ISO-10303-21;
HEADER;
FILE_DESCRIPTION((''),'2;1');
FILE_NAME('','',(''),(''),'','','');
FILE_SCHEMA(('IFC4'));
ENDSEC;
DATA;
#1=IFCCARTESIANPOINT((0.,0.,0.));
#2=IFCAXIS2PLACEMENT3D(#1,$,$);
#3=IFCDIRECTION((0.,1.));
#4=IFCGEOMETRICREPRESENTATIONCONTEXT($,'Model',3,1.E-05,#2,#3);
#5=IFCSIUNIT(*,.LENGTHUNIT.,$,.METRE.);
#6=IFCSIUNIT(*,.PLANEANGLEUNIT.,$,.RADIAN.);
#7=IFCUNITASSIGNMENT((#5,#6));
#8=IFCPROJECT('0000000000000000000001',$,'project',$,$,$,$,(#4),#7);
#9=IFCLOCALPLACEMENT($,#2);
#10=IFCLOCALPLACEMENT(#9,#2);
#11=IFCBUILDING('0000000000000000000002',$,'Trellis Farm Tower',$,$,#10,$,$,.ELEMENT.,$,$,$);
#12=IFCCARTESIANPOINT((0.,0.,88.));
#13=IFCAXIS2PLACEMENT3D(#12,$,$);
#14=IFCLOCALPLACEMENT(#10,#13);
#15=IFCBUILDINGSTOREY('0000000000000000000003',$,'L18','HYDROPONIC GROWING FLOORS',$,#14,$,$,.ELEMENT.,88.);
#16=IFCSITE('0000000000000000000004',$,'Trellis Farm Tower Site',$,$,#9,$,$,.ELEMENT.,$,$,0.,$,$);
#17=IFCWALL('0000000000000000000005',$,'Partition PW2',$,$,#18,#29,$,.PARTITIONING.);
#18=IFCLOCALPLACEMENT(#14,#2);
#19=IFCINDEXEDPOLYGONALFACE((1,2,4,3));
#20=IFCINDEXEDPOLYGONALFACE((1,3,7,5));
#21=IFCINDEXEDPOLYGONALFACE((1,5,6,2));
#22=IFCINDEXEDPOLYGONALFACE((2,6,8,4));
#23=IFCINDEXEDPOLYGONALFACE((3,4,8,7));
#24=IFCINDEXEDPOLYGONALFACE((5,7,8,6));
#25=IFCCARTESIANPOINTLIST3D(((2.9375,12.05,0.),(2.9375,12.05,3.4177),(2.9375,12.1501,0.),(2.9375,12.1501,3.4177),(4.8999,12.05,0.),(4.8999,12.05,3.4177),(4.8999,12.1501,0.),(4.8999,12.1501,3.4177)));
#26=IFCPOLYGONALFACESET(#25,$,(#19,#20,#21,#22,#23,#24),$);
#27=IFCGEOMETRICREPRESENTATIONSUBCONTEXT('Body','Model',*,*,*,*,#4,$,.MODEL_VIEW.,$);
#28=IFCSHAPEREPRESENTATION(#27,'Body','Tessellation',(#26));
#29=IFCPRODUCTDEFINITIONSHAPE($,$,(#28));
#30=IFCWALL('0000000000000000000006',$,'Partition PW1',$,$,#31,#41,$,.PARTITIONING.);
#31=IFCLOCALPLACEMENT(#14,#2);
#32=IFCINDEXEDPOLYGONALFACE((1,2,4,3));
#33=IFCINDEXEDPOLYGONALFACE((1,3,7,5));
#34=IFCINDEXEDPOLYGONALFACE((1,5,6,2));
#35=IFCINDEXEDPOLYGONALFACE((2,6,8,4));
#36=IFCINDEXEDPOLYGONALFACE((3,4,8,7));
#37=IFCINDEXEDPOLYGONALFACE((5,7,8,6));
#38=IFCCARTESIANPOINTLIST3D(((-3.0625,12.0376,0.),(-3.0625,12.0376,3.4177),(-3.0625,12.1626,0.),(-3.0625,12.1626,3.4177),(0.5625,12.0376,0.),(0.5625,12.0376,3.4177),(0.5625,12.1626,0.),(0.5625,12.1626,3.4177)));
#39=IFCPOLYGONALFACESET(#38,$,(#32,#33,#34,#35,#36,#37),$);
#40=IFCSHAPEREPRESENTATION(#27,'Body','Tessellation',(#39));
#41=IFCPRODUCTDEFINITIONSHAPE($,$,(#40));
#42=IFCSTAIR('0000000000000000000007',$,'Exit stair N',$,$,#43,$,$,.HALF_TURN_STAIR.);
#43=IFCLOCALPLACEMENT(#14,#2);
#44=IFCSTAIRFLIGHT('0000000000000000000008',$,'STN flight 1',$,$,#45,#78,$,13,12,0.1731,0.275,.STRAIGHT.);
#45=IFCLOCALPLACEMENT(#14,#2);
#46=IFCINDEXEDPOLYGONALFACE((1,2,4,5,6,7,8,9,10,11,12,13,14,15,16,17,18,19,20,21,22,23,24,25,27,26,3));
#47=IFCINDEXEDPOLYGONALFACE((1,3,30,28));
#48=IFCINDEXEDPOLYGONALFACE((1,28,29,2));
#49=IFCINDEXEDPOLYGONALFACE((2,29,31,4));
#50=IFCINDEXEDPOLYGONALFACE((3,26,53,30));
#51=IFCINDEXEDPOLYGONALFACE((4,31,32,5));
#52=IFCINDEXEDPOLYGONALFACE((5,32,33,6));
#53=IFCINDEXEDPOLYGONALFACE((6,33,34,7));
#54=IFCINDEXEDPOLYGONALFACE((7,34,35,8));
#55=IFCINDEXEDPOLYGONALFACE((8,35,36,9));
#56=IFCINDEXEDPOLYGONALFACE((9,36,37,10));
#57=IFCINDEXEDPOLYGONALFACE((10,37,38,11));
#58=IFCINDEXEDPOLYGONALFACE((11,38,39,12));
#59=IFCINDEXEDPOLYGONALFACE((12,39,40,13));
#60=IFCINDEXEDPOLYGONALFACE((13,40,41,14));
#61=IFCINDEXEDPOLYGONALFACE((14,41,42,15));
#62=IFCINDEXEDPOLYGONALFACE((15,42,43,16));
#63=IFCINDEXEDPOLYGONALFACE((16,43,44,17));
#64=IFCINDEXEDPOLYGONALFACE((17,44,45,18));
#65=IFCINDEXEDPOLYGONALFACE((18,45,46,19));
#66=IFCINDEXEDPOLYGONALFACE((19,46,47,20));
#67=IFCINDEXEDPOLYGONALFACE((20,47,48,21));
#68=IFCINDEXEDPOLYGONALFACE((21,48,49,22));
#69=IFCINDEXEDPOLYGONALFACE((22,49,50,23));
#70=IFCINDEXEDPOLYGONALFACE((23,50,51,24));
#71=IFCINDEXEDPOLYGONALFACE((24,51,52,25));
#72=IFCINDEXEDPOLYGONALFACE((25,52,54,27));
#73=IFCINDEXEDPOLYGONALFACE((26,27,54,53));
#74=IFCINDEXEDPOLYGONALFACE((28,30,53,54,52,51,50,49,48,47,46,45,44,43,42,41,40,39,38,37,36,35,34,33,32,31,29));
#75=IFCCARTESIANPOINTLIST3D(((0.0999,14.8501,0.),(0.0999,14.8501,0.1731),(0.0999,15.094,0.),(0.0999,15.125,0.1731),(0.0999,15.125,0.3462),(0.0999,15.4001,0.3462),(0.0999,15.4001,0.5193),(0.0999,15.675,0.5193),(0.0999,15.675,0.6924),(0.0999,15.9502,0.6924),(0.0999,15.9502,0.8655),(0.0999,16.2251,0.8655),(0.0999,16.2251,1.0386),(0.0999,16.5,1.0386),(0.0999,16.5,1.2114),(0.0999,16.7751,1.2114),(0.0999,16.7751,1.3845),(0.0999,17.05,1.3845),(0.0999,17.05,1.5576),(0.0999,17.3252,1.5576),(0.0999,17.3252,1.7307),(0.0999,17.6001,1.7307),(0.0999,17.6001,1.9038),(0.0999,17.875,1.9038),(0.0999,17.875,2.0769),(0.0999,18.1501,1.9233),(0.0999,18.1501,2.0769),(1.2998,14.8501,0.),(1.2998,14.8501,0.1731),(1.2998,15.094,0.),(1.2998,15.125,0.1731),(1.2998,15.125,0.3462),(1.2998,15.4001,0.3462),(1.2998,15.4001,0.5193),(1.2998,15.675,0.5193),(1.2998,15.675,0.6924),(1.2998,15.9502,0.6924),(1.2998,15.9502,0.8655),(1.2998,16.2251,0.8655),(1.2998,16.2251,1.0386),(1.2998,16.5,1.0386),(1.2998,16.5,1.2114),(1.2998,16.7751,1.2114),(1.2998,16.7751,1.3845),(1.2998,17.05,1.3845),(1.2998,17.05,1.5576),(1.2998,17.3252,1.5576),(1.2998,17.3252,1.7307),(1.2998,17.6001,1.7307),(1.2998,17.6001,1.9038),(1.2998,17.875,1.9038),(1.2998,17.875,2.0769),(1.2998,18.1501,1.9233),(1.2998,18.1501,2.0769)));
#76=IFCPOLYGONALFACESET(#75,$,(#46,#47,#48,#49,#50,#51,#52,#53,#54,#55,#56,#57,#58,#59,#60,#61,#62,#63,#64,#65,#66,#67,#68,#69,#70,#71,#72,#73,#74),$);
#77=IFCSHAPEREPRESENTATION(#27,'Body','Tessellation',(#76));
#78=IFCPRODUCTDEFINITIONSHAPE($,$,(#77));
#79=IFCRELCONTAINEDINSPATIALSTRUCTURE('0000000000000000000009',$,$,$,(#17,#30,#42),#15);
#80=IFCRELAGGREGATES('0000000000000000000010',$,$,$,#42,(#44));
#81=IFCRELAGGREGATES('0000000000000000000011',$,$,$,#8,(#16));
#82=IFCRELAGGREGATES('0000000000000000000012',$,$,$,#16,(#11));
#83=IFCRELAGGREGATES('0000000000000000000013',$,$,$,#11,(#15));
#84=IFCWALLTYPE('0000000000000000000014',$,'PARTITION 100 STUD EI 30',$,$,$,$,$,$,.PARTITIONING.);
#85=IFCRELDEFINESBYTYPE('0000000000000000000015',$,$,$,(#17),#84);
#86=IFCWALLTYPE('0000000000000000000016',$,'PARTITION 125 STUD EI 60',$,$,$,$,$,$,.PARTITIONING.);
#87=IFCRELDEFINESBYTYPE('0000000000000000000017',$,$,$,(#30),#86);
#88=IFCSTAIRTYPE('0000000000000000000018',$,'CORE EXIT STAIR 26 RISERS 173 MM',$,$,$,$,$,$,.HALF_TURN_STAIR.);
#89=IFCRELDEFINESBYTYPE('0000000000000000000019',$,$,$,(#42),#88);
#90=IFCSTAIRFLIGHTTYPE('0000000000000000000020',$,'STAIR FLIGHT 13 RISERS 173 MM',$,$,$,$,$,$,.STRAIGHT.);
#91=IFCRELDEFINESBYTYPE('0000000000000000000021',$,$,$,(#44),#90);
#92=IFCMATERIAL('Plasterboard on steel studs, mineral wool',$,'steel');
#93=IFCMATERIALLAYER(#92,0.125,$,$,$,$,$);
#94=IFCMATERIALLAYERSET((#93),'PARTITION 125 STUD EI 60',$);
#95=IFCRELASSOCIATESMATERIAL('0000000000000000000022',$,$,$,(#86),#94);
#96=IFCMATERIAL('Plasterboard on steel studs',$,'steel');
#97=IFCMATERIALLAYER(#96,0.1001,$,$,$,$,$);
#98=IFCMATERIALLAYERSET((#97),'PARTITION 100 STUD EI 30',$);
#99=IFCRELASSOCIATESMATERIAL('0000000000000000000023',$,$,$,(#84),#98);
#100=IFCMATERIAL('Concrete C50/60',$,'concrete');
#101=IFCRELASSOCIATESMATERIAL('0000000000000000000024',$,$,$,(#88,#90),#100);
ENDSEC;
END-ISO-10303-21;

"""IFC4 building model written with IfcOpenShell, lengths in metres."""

from ifc_helpers import new_model, si_unit, direction, frame, frame_2d, origin, place, context, subcontext, project, spatial, polyline, rectangle, outline, extrude, source, transform, mapped, material, layer, layer_set, type_object, element, aggregate, save


model = new_model("IFC4")

# Units and contexts
model_context = context("Model", 3, precision=1e-05, world=origin(), true_north=direction((0.0, 1.0)))
body_context = subcontext(model_context, "Body", "Model", "MODEL_VIEW")
ifc_project = project(units=[si_unit("LENGTHUNIT", "METRE"), si_unit("PLANEANGLEUNIT", "RADIAN")], contexts=[model_context])

# Site, building, storey
site_placement = place(None, origin())
site = spatial("IfcSite", under=ifc_project, at=site_placement, Name="Trellis Farm Tower Site", CompositionType="ELEMENT", RefElevation=0.0)
building_placement = place(site_placement, origin())
building = spatial("IfcBuilding", under=site, at=building_placement, Name="Trellis Farm Tower", CompositionType="ELEMENT")
storey_placement = place(building_placement, frame((0.0, 0.0, 88.0)))
storey = spatial("IfcBuildingStorey", under=building, at=storey_placement, Name="L18", Description="HYDROPONIC GROWING FLOORS", CompositionType="ELEMENT", Elevation=88.0)

# Shared definitions
placement = place(storey_placement, origin())

# Shared definitions
ifc_material_1 = material(Name="Plasterboard on steel studs, mineral wool", Category="steel")
ifc_layer_1 = layer(ifc_material_1, 0.125)
ifc_layer_set_1 = layer_set([ifc_layer_1], Name="PARTITION 125 STUD EI 60")
wall_type_1 = type_object("IfcWallType", Name="PARTITION 125 STUD EI 60", PredefinedType="PARTITIONING", material=ifc_layer_set_1)

# Walls
ifc_material_2 = material(Name="Plasterboard on steel studs", Category="steel")
ifc_layer_2 = layer(ifc_material_2, 0.1001)
ifc_layer_set_2 = layer_set([ifc_layer_2], Name="PARTITION 100 STUD EI 30")
wall_type_2 = type_object("IfcWallType", Name="PARTITION 100 STUD EI 30", PredefinedType="PARTITIONING", material=ifc_layer_set_2)
shared_shape_1 = source(origin(), body_context, "Body", "SweptSolid", [
    extrude(rectangle(XDim=1.9624, YDim=0.1001, at=frame_2d((0.9812, 0.0))), origin(), (0.0, 0.0, 1.0), 3.4177),
])
wall_1_placement = place(storey_placement, frame((2.9375, 12.1001, 0.0), z_axis=(0.0, 0.0, 1.0), x_axis=(1.0, 0.0, 0.0)))
element("IfcWall", 1, at=wall_1_placement, inside=storey, type_object=wall_type_2, Name="Partition PW2", PredefinedType="PARTITIONING", context=body_context, shape_type="MappedRepresentation", body=[
    mapped(shared_shape_1, transform((0.0, 0.0, 0.0))),
])
shared_shape_2 = source(origin(), body_context, "Body", "SweptSolid", [
    extrude(rectangle(XDim=3.625, YDim=0.125, at=frame_2d((1.8125, 0.0))), origin(), (0.0, 0.0, 1.0), 3.4177),
])
wall_2_placement = place(storey_placement, frame((0.5625, 12.1001, 0.0), z_axis=(0.0, 0.0, 1.0), x_axis=(-1.0, 0.0, 0.0)))
element("IfcWall", 2, at=wall_2_placement, inside=storey, type_object=wall_type_1, Name="Partition PW1", PredefinedType="PARTITIONING", context=body_context, shape_type="MappedRepresentation", body=[
    mapped(shared_shape_2, transform((0.0, 0.0, 0.0))),
])

# Stair, stair flight
ifc_material_3 = material(Name="Concrete C50/60", Category="concrete")
stair_type = type_object("IfcStairType", Name="CORE EXIT STAIR 26 RISERS 173 MM", PredefinedType="HALF_TURN_STAIR", material=ifc_material_3)
stair = element("IfcStair", 3, at=placement, inside=storey, type_object=stair_type, Name="Exit stair N", PredefinedType="HALF_TURN_STAIR")
stair_flight_type = type_object("IfcStairFlightType", Name="STAIR FLIGHT 13 RISERS 173 MM", PredefinedType="STRAIGHT", material=ifc_material_3)
shared_shape_3 = source(origin(), body_context, "Body", "SweptSolid", [
    extrude(outline(polyline([(0.0, 0.0), (0.0, 0.1731), (0.2749, 0.1731), (0.2749, 0.3462), (0.55, 0.3462), (0.55, 0.5193), (0.825, 0.5193), (0.825, 0.6924), (1.1001, 0.6924), (1.1001, 0.8655), (1.375, 0.8655), (1.375, 1.0386), (1.6499, 1.0386), (1.6499, 1.2114), (1.925, 1.2114), (1.925, 1.3845), (2.2, 1.3845), (2.2, 1.5576), (2.4751, 1.5576), (2.4751, 1.7307), (2.75, 1.7307), (2.75, 1.9038), (3.0249, 1.9038), (3.0249, 2.0769), (3.3, 2.0769), (3.3, 2.25), (3.3, 1.9233), (0.2439, 0.0), (0.0, 0.0)])), frame((0.0, 0.6001, 0.0), z_axis=(0.0, -1.0, 0.0), x_axis=(1.0, 0.0, 0.0)), (0.0, 0.0, 1.0), 1.2),
])
stair_flight_placement = place(storey_placement, frame((0.7, 14.8501, 0.0), z_axis=(0.0, 0.0, 1.0), x_axis=(0.0, 1.0, 0.0)))
stair_flight = element("IfcStairFlight", 4, at=stair_flight_placement, type_object=stair_flight_type, Name="STN flight 1", NumberOfRisers=13, NumberOfTreads=12, PredefinedType="STRAIGHT", RiserHeight=0.1731, TreadLength=0.275, context=body_context, shape_type="MappedRepresentation", body=[
    mapped(shared_shape_3, transform((0.0, 0.0, 0.0))),
])
aggregate(stair, [stair_flight])

save(model, "model.ifc")
